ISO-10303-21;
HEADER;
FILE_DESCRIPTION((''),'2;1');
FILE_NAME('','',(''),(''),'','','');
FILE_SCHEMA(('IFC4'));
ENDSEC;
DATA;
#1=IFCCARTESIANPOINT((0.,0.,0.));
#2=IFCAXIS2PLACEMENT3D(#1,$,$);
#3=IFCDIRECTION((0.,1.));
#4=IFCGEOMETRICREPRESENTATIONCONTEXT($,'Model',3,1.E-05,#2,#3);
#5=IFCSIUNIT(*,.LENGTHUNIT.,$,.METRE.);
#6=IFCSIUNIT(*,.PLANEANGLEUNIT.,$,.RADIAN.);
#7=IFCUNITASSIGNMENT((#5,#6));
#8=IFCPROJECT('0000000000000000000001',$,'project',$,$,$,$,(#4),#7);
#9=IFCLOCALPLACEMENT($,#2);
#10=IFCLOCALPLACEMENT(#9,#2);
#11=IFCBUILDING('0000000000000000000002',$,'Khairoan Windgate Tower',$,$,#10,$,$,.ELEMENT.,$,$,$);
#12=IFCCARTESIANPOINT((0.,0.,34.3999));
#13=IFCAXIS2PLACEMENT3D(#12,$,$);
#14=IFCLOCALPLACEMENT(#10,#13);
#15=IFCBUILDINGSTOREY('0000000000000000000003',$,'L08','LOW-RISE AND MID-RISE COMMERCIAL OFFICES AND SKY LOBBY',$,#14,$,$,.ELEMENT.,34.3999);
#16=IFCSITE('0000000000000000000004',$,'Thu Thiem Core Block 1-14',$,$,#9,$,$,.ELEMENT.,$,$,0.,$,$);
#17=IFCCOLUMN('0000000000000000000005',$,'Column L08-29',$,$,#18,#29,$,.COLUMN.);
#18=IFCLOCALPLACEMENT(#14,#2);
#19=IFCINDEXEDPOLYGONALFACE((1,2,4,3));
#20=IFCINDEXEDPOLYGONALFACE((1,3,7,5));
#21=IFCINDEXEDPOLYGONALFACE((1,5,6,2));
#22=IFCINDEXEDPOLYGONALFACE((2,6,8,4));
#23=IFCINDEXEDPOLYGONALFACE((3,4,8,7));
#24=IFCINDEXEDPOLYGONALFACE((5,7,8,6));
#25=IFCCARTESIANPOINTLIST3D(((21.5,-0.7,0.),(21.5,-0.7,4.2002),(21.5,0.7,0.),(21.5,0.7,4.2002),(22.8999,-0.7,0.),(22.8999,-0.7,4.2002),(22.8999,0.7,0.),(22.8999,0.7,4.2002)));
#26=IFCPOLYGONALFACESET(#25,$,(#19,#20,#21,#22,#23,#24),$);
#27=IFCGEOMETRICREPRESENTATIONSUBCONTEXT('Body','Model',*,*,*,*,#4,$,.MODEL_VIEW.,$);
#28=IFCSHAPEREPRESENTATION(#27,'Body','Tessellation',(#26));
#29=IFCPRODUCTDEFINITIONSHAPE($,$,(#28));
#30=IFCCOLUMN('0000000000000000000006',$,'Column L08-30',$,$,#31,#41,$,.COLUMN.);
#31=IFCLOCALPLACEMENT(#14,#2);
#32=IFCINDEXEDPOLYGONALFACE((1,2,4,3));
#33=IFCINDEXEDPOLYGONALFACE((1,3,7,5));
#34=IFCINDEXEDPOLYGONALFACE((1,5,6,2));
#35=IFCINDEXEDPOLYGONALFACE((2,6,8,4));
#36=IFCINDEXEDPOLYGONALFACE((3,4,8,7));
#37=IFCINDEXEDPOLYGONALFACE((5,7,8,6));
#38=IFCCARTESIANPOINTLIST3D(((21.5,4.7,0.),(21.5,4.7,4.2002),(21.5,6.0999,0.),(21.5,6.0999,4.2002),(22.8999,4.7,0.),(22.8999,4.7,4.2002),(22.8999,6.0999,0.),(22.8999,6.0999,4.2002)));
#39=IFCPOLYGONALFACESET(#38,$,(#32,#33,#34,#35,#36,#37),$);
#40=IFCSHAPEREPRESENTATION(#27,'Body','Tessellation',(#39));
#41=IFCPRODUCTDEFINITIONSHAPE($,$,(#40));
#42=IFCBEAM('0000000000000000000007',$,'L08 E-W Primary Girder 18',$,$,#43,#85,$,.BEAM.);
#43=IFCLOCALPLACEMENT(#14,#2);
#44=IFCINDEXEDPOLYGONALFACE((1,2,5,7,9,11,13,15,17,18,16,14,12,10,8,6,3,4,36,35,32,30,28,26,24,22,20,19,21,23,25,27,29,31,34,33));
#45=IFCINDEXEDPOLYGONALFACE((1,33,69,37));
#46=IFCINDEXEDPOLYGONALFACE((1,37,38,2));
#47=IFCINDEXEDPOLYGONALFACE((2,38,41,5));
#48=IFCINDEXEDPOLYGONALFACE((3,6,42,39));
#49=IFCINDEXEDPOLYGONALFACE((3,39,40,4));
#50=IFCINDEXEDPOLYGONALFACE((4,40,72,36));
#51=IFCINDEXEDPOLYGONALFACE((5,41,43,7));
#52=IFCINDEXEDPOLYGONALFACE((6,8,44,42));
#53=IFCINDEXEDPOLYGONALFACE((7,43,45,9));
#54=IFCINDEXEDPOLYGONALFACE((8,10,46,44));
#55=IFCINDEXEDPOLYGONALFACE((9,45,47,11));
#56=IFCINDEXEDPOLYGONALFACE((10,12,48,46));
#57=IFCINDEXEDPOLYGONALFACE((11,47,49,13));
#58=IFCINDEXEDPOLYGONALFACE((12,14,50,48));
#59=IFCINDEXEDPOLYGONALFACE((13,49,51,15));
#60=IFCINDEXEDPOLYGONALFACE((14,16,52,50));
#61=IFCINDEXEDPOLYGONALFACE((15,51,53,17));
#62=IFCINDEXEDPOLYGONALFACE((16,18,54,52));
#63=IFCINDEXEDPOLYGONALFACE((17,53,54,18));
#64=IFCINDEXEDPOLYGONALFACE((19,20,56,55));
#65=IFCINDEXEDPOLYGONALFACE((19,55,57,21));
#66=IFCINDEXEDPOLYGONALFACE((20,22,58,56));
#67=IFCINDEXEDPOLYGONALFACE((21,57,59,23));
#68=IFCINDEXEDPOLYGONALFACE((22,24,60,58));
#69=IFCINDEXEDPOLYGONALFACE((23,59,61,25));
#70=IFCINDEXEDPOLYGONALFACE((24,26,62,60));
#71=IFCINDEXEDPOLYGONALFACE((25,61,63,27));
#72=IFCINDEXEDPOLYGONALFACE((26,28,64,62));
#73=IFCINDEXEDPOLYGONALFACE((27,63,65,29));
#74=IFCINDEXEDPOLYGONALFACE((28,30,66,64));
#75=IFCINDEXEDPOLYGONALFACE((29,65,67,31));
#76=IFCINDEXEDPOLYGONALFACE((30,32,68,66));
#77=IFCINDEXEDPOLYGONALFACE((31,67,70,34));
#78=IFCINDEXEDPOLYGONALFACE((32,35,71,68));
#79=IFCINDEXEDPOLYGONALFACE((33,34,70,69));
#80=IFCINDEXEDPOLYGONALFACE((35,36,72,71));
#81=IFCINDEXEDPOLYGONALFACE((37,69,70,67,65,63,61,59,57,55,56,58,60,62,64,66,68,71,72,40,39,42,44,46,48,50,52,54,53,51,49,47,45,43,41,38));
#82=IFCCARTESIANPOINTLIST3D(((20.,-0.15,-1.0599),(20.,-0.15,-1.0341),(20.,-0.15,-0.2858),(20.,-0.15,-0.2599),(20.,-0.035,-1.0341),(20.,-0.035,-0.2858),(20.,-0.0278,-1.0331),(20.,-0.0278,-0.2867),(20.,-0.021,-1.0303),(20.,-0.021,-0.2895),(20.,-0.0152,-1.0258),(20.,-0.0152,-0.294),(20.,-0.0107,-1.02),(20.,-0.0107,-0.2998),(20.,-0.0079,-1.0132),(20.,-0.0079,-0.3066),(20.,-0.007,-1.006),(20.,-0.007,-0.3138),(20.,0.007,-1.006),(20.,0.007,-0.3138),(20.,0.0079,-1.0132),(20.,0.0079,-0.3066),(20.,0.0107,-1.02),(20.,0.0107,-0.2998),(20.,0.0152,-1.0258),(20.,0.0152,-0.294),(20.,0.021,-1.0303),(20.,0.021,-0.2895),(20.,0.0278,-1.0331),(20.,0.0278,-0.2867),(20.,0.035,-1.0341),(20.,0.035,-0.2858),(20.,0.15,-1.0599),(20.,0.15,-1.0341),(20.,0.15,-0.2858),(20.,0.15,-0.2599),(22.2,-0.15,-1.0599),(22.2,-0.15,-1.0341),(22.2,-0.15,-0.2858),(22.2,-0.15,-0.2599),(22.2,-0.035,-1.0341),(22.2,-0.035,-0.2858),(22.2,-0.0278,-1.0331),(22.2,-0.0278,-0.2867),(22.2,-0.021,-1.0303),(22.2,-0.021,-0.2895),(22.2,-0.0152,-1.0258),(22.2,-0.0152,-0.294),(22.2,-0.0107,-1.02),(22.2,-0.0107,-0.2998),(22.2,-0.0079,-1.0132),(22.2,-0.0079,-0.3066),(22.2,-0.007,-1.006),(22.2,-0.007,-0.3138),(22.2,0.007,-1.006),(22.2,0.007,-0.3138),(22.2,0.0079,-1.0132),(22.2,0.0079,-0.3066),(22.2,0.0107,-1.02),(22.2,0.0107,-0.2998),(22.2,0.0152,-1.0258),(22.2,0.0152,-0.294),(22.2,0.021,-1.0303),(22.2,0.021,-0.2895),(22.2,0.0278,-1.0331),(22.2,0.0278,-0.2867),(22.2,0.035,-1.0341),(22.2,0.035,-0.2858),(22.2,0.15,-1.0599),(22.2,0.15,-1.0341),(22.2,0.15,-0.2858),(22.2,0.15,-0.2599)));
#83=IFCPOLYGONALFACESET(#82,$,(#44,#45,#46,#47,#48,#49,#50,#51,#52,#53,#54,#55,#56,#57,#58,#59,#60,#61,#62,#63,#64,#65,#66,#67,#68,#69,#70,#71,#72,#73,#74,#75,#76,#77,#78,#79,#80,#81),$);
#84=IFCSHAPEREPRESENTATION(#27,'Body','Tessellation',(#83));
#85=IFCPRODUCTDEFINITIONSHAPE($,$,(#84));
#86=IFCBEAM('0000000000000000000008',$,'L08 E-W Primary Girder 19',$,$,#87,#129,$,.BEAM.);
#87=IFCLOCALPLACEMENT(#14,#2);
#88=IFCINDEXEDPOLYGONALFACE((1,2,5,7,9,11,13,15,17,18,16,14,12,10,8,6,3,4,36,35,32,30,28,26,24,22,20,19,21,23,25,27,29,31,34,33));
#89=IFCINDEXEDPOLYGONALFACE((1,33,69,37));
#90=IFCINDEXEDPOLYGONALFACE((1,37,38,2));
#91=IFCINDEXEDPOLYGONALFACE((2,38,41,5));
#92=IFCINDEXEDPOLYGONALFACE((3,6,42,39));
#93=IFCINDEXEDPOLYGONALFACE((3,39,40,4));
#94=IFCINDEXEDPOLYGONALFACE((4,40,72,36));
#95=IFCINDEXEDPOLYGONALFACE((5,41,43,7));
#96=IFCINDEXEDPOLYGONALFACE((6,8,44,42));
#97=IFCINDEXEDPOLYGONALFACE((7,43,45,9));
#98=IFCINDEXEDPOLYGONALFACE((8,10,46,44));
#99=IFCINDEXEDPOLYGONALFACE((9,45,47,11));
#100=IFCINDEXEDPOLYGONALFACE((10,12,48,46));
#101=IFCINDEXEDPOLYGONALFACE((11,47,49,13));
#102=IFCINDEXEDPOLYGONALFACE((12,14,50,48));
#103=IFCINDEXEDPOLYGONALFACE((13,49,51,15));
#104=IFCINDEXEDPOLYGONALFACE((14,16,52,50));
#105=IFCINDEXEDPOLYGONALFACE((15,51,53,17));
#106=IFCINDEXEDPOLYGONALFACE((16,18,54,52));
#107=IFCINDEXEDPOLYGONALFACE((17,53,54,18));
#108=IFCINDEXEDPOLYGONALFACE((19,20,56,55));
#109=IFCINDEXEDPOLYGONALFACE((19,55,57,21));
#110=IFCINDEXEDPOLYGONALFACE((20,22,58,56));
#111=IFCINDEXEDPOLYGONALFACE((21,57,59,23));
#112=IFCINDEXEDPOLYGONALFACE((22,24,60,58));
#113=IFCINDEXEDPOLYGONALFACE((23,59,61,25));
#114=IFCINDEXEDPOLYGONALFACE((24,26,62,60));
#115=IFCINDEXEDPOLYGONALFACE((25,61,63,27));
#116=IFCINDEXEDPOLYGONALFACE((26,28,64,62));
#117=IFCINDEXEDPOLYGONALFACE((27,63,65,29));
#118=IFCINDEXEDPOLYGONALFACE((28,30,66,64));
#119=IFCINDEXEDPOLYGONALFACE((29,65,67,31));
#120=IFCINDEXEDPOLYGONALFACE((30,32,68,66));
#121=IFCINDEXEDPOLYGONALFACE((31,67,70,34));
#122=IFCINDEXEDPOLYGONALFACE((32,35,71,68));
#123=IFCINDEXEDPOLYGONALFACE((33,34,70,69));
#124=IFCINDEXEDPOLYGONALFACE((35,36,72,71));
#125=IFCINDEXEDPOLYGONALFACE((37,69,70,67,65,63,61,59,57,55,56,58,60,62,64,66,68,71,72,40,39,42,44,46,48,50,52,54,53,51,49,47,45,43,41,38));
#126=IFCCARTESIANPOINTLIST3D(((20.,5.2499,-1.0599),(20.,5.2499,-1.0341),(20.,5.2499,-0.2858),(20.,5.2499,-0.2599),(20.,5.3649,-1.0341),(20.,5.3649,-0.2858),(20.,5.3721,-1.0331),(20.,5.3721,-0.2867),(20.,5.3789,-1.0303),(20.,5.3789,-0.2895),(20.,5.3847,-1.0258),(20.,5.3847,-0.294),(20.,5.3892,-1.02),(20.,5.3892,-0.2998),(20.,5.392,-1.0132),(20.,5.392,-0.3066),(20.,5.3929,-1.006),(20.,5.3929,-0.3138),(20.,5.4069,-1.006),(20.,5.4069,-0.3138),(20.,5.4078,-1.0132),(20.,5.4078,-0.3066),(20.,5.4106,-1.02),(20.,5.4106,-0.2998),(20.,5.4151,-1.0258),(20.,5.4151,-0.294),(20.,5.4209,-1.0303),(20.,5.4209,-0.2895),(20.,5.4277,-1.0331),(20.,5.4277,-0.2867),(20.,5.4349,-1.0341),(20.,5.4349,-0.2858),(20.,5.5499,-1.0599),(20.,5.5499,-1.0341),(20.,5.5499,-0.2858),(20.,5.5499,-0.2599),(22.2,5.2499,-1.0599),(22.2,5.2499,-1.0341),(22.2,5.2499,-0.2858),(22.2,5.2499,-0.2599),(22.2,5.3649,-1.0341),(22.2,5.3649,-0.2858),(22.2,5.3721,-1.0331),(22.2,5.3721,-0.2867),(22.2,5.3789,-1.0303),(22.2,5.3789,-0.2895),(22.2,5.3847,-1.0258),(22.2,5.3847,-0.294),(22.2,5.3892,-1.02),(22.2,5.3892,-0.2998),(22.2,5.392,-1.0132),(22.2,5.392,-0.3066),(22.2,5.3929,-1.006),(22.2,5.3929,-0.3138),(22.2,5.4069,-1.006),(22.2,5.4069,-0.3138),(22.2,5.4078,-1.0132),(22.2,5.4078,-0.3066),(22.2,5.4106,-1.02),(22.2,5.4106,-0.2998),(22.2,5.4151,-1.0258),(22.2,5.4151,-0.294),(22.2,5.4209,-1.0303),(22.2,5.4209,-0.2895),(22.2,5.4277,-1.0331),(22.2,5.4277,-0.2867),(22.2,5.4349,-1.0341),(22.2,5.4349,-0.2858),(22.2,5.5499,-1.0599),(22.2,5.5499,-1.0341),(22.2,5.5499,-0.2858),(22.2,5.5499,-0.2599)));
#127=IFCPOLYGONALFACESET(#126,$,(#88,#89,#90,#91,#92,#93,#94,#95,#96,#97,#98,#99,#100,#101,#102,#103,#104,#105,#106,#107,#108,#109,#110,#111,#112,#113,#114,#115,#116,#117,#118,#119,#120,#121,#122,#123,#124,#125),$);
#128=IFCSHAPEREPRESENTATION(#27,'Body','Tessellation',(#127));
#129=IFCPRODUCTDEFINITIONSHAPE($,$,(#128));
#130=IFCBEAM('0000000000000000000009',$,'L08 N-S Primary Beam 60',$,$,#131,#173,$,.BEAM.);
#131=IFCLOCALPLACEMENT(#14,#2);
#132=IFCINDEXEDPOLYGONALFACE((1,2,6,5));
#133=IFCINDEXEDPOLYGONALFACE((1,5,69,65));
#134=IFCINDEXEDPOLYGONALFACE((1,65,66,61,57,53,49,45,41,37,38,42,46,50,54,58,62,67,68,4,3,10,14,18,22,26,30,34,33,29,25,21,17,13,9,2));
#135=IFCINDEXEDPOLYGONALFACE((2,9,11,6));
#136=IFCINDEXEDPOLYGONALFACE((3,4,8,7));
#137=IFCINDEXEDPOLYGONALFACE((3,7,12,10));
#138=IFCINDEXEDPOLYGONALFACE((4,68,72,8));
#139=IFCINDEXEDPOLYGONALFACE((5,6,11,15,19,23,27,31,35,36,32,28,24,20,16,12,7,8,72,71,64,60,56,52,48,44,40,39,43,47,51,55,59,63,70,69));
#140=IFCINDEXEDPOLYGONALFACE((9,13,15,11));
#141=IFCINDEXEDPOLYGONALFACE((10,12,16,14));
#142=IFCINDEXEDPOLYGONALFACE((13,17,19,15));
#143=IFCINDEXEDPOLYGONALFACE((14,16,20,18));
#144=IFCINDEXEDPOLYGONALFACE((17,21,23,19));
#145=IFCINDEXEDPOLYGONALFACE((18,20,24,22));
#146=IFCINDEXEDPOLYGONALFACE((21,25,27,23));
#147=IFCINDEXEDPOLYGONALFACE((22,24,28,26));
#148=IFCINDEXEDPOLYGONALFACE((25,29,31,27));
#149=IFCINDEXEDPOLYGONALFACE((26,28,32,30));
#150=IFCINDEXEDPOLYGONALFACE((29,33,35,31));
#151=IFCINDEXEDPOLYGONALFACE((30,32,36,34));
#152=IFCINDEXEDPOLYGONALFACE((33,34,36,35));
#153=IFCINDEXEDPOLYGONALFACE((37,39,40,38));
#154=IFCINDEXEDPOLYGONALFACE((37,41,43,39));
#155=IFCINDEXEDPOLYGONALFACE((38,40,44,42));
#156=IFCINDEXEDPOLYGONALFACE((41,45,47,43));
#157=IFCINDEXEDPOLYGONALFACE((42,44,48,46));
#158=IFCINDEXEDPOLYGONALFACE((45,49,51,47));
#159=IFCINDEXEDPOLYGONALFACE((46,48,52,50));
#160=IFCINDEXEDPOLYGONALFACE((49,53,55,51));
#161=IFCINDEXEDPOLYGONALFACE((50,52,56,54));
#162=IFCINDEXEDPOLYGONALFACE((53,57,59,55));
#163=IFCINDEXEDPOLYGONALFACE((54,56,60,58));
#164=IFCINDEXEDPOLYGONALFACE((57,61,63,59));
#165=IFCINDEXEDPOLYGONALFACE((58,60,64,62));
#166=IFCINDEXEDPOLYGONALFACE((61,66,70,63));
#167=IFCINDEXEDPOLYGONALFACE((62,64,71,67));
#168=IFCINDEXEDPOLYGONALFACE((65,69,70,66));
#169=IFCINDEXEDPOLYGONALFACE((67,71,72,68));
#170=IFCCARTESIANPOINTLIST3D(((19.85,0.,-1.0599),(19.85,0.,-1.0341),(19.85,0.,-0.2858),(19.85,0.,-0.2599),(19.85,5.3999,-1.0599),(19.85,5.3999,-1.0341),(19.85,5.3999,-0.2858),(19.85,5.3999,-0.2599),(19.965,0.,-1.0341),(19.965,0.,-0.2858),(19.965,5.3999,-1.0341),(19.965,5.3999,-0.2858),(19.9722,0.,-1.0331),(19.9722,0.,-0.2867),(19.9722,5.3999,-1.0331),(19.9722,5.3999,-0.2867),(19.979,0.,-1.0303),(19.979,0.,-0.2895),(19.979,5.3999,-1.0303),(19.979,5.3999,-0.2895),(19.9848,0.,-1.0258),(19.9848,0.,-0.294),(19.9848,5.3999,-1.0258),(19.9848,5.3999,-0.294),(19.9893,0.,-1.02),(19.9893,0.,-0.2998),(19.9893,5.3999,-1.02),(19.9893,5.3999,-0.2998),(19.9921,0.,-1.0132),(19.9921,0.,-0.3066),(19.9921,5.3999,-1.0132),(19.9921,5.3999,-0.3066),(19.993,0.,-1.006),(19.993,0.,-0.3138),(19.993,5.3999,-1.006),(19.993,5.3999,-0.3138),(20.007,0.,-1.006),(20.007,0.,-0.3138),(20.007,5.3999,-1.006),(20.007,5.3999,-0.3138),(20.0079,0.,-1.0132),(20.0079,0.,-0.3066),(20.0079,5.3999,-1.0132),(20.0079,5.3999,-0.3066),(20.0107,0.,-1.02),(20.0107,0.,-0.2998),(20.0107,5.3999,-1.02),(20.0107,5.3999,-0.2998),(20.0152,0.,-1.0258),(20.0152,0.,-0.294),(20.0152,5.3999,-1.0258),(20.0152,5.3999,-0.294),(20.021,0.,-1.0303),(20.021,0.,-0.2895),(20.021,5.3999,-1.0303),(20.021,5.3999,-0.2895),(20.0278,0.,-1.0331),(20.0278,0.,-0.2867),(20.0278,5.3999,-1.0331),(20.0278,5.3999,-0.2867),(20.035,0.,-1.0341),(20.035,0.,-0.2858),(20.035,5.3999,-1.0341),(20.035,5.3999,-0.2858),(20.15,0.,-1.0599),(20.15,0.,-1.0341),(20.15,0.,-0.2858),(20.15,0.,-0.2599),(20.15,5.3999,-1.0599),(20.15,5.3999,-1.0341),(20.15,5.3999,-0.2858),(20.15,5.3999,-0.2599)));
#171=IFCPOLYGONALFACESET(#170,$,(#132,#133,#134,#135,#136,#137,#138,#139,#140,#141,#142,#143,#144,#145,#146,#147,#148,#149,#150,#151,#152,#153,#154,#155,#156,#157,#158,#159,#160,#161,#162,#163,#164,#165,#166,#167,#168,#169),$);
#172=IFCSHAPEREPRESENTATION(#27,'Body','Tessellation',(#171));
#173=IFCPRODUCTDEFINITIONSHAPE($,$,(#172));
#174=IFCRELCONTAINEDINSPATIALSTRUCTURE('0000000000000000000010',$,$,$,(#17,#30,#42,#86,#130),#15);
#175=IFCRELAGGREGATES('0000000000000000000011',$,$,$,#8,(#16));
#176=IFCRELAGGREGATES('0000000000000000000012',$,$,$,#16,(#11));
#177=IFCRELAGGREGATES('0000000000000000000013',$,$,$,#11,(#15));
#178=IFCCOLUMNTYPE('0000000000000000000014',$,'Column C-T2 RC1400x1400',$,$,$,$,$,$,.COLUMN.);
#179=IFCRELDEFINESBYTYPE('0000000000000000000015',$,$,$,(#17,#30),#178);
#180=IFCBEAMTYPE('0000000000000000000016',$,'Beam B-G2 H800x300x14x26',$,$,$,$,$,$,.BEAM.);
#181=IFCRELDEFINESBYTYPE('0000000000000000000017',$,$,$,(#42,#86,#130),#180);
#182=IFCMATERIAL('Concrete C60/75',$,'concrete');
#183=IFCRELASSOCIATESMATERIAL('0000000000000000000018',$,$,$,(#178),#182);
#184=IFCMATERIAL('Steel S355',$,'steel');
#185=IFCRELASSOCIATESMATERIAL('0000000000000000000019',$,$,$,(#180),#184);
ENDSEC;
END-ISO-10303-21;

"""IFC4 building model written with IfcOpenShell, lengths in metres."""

from ifc_helpers import new_model, si_unit, direction, frame, origin, origin_2d, place, context, subcontext, project, spatial, rectangle, i_section, extrude, material, material_profile, profile_set, type_object, element, save


model = new_model("IFC4")

# Units and contexts
model_context = context("Model", 3, precision=1e-05, world=origin(), true_north=direction((0.0, 1.0)))
body_context = subcontext(model_context, "Body", "Model", "MODEL_VIEW")
ifc_project = project(units=[si_unit("LENGTHUNIT", "METRE"), si_unit("PLANEANGLEUNIT", "RADIAN")], contexts=[model_context])

# Site, building, storey
site_placement = place(None, origin())
site = spatial("IfcSite", under=ifc_project, at=site_placement, Name="Thu Thiem Core Block 1-14", CompositionType="ELEMENT", RefElevation=0.0)
building_placement = place(site_placement, origin())
building = spatial("IfcBuilding", under=site, at=building_placement, Name="Khairoan Windgate Tower", CompositionType="ELEMENT")
storey_placement = place(building_placement, frame((0.0, 0.0, 34.3999)))
storey = spatial("IfcBuildingStorey", under=building, at=storey_placement, Name="L08", Description="LOW-RISE AND MID-RISE COMMERCIAL OFFICES AND SKY LOBBY", CompositionType="ELEMENT", Elevation=34.3999)

# Columns
ifc_material_1 = material(Name="Concrete C60/75", Category="concrete")
ifc_material_profile_1 = material_profile(ifc_material_1, rectangle(XDim=1.3999, YDim=1.3999, at=origin_2d()))
ifc_profile_set_1 = profile_set([ifc_material_profile_1], Name="Concrete C60/75")
column_type = type_object("IfcColumnType", Name="Column C-T2 RC1400x1400", PredefinedType="COLUMN", material=ifc_profile_set_1)
for number, where, z_axis, x_axis, name in (
    (1, (22.2, 0.0, 0.0), (0.0, 0.0, 1.0), (1.0, 0.0, 0.0), "Column L08-29"),
    (2, (22.2, 5.3999, 0.0), (0.0, 0.0, 1.0), (1.0, 0.0, 0.0), "Column L08-30"),
):
    element("IfcColumn", number, at=place(storey_placement, frame(where, z_axis=z_axis, x_axis=x_axis)), inside=storey, type_object=column_type, Name=name, PredefinedType="COLUMN", context=body_context, shape_type="SweptSolid", body=[
        extrude(rectangle(XDim=1.3999, YDim=1.3999, at=origin_2d()), origin(), (0.0, 0.0, 1.0), 4.2002),
    ])

# Beams
ifc_material_2 = material(Name="Steel S355", Category="steel")
ifc_material_profile_2 = material_profile(ifc_material_2, i_section(OverallWidth=0.3, OverallDepth=0.8, WebThickness=0.0139, FlangeThickness=0.0259, FilletRadius=0.0281, at=origin_2d()))
ifc_profile_set_2 = profile_set([ifc_material_profile_2], Name="Steel S355")
beam_type_1 = type_object("IfcBeamType", Name="Beam B-G2 H800x300x14x26", PredefinedType="BEAM", material=ifc_profile_set_2)
for number, where, z_axis, x_axis, name in (
    (3, (20.0, 0.0, -0.6599), (1.0, 0.0, 0.0), (0.0, 1.0, 0.0), "L08 E-W Primary Girder 18"),
    (4, (20.0, 5.3999, -0.6599), (1.0, 0.0, 0.0), (0.0, 1.0, 0.0), "L08 E-W Primary Girder 19"),
):
    element("IfcBeam", number, at=place(storey_placement, frame(where, z_axis=z_axis, x_axis=x_axis)), inside=storey, type_object=beam_type_1, Name=name, PredefinedType="BEAM", context=body_context, shape_type="SweptSolid", body=[
        extrude(i_section(OverallWidth=0.3, OverallDepth=0.8, WebThickness=0.0139, FlangeThickness=0.0259, FilletRadius=0.0281, at=origin_2d()), origin(), (0.0, 0.0, 1.0), 2.2),
    ])
beam_1_placement = place(storey_placement, frame((20.0, 0.0, -0.6599), z_axis=(0.0, 1.0, 0.0), x_axis=(-1.0, 0.0, 0.0)))
element("IfcBeam", 5, at=beam_1_placement, inside=storey, type_object=beam_type_1, Name="L08 N-S Primary Beam 60", PredefinedType="BEAM", context=body_context, shape_type="SweptSolid", body=[
    extrude(i_section(OverallWidth=0.3, OverallDepth=0.8, WebThickness=0.0139, FlangeThickness=0.0259, FilletRadius=0.0281, at=origin_2d()), origin(), (0.0, 0.0, 1.0), 5.3999),
])

save(model, "model.ifc")
